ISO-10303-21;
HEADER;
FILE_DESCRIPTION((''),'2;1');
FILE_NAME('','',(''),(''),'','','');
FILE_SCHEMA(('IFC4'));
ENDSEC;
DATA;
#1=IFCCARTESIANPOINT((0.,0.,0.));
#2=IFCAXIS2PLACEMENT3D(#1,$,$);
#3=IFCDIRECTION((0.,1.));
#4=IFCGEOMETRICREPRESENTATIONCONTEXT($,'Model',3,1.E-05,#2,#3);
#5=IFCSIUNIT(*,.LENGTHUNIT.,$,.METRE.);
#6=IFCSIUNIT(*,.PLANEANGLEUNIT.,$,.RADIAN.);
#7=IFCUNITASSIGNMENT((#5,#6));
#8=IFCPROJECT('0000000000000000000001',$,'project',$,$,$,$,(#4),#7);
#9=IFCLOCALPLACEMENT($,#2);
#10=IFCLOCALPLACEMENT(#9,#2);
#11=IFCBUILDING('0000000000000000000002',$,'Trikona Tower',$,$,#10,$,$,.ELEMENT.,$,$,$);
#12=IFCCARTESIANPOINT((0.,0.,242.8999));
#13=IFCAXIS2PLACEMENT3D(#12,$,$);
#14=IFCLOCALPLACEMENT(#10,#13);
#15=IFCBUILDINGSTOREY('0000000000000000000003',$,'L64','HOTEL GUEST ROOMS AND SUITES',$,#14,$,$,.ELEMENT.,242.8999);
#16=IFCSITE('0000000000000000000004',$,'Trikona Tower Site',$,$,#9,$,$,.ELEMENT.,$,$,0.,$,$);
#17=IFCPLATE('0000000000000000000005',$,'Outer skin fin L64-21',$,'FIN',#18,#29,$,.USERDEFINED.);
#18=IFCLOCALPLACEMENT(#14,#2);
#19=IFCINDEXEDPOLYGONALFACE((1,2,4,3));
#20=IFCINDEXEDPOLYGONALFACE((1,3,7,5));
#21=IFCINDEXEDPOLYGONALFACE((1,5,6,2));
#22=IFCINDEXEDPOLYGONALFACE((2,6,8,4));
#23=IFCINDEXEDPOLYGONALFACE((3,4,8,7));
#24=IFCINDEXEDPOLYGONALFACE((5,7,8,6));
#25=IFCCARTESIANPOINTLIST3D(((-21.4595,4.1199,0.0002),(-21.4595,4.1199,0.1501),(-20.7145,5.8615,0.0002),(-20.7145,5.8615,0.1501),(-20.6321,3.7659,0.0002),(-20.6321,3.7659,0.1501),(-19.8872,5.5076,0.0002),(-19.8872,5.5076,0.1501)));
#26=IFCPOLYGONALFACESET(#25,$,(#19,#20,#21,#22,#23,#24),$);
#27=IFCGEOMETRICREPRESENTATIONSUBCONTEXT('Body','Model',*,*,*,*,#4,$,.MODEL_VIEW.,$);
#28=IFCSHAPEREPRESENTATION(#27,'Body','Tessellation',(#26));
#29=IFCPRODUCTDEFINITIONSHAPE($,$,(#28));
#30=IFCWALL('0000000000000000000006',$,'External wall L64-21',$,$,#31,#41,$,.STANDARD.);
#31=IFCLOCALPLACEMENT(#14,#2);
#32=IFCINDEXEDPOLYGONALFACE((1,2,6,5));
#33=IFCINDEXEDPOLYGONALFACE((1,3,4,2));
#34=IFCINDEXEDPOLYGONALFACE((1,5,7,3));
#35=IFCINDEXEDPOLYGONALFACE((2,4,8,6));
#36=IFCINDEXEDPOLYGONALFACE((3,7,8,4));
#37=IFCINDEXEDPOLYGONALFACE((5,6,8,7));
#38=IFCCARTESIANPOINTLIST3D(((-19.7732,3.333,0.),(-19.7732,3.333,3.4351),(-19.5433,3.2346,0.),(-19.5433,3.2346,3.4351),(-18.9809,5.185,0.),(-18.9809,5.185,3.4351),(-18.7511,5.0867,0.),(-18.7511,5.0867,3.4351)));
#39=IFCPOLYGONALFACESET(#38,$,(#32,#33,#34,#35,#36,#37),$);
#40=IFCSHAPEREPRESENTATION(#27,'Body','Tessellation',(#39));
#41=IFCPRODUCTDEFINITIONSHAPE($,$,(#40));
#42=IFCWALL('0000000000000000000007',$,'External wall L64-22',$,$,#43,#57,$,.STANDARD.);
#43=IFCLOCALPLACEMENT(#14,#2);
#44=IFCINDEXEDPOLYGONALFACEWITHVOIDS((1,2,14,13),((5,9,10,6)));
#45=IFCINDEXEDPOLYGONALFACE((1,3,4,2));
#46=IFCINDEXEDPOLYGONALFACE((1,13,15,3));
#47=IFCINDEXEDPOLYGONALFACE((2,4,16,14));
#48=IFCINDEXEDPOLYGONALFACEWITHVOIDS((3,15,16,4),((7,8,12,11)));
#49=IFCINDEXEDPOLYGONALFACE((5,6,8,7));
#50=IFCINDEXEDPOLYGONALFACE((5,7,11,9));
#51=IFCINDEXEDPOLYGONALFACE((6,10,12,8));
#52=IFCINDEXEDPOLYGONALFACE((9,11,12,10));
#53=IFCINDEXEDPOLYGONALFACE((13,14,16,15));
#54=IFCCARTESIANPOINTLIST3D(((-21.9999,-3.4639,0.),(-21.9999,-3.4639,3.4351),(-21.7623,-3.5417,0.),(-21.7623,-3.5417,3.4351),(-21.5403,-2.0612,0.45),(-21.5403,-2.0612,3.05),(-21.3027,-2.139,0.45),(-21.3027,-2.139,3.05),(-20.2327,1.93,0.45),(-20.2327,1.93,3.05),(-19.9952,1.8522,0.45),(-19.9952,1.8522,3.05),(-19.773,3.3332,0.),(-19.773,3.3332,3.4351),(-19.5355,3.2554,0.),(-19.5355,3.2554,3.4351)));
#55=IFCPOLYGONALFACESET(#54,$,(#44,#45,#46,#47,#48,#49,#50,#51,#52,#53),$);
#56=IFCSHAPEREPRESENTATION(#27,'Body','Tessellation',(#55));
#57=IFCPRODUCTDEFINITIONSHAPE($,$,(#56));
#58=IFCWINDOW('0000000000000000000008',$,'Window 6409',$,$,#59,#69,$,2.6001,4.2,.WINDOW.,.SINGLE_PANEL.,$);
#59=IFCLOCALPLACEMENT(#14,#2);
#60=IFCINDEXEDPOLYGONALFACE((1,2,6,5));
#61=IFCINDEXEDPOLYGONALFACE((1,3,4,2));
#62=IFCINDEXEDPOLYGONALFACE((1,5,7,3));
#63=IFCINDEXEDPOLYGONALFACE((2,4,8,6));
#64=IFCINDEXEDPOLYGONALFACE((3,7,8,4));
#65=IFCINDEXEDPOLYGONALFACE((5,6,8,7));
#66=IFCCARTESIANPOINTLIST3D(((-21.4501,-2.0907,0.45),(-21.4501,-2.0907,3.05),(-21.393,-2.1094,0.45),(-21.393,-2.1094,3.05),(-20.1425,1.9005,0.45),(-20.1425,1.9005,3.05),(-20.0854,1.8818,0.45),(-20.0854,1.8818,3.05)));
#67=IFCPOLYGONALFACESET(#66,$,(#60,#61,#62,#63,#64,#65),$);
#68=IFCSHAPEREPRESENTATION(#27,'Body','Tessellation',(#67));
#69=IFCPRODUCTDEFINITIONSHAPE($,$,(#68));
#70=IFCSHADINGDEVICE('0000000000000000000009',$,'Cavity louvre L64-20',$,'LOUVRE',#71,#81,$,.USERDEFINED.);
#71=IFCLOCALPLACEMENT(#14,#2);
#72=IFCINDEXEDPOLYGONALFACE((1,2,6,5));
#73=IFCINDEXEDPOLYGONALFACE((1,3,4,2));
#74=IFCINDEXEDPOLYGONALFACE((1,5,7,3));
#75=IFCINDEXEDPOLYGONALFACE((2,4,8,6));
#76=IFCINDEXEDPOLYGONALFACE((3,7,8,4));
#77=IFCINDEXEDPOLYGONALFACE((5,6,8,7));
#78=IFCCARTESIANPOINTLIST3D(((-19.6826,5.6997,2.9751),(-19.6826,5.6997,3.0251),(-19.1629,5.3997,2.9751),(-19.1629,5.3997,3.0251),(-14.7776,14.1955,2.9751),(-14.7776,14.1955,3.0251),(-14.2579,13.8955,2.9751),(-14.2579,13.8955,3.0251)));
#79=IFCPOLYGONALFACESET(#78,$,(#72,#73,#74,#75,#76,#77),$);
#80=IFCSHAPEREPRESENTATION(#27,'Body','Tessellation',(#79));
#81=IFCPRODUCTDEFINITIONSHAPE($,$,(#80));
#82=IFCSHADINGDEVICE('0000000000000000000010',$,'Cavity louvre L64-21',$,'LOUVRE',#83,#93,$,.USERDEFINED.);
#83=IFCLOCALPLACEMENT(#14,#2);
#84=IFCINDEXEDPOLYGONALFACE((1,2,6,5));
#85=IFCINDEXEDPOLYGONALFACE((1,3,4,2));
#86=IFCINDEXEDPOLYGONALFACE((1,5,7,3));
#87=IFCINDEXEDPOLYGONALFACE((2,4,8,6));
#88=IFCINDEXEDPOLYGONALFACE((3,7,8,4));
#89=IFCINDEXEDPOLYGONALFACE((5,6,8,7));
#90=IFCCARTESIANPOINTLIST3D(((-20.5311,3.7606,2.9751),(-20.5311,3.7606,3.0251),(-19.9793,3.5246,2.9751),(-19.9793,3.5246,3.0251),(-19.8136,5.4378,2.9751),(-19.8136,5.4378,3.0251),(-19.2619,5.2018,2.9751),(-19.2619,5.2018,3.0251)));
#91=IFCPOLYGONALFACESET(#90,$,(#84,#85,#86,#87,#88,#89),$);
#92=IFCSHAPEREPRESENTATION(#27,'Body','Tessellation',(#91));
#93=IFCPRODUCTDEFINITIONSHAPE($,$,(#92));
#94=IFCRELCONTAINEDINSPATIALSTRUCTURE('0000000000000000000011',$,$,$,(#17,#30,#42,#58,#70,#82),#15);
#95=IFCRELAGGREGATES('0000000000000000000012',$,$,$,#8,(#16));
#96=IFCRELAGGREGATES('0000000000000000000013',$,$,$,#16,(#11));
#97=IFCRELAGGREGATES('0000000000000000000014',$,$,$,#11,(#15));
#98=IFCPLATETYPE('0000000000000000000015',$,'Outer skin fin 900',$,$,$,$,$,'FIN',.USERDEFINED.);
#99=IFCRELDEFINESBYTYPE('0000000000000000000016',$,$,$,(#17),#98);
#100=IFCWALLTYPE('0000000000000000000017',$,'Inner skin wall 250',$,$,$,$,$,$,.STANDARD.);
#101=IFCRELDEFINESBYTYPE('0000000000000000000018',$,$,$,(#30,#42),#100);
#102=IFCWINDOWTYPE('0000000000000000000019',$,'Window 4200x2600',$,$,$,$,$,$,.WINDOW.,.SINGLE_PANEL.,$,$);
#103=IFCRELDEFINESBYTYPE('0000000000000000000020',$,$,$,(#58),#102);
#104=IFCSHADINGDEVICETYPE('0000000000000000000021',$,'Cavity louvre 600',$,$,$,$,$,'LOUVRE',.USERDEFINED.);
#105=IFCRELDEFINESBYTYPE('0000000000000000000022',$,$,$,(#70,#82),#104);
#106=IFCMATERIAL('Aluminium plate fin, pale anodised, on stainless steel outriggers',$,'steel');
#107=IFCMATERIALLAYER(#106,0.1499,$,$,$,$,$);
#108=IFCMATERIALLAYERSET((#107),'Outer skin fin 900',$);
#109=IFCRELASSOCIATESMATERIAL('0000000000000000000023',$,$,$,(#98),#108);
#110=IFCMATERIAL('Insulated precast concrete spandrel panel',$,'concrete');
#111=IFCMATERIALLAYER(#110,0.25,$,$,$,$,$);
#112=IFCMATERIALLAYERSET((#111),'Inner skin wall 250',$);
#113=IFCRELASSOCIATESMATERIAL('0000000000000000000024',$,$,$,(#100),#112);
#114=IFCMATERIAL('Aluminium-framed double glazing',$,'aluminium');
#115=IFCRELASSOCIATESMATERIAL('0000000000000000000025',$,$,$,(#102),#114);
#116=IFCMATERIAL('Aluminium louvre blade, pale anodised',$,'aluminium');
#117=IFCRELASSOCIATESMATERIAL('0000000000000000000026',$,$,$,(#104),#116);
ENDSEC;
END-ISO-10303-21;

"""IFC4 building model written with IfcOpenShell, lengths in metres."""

from ifc_helpers import new_model, si_unit, direction, frame, frame_2d, origin, origin_2d, place, context, subcontext, project, spatial, rectangle, extrude, material, layer, layer_set, type_object, element, fill, save


model = new_model("IFC4")

# Units and contexts
model_context = context("Model", 3, precision=1e-05, world=origin(), true_north=direction((0.0, 1.0)))
body_context = subcontext(model_context, "Body", "Model", "MODEL_VIEW")
ifc_project = project(units=[si_unit("LENGTHUNIT", "METRE"), si_unit("PLANEANGLEUNIT", "RADIAN")], contexts=[model_context])

# Site, building, storey
site_placement = place(None, origin())
site = spatial("IfcSite", under=ifc_project, at=site_placement, Name="Trikona Tower Site", CompositionType="ELEMENT", RefElevation=0.0)
building_placement = place(site_placement, origin())
building = spatial("IfcBuilding", under=site, at=building_placement, Name="Trikona Tower", CompositionType="ELEMENT")
storey_placement = place(building_placement, frame((0.0, 0.0, 242.8999)))
storey = spatial("IfcBuildingStorey", under=building, at=storey_placement, Name="L64", Description="HOTEL GUEST ROOMS AND SUITES", CompositionType="ELEMENT", Elevation=242.8999)

# Plate
ifc_material_1 = material(Name="Aluminium plate fin, pale anodised, on stainless steel outriggers", Category="steel")
ifc_layer_1 = layer(ifc_material_1, 0.1499)
ifc_layer_set_1 = layer_set([ifc_layer_1], Name="Outer skin fin 900")
plate_type_1 = type_object("IfcPlateType", Name="Outer skin fin 900", ElementType="FIN", PredefinedType="USERDEFINED", material=ifc_layer_set_1)
plate_1_placement = place(storey_placement, frame((-20.6733, 4.8137, 0.0002), z_axis=(0.0, 0.0, 1.0), x_axis=(-0.393284, -0.919417, 0.0)))
element("IfcPlate", 1, at=plate_1_placement, inside=storey, type_object=plate_type_1, Name="Outer skin fin L64-21", ObjectType="FIN", PredefinedType="USERDEFINED", context=body_context, shape_type="SweptSolid", body=[
    extrude(rectangle(XDim=1.8943, YDim=0.8999, at=origin_2d()), origin(), (0.0, 0.0, 1.0), 0.1499),
])

# Wall
ifc_material_2 = material(Name="Insulated precast concrete spandrel panel", Category="concrete")
ifc_layer_2 = layer(ifc_material_2, 0.25)
ifc_layer_set_2 = layer_set([ifc_layer_2], Name="Inner skin wall 250")
wall_type = type_object("IfcWallType", Name="Inner skin wall 250", PredefinedType="STANDARD", material=ifc_layer_set_2)
wall_1_placement = place(storey_placement, frame((-18.866, 5.136, 0.0), z_axis=(0.0, 0.0, 1.0), x_axis=(-0.39329, -0.919414, 0.0)))
element("IfcWall", 2, at=wall_1_placement, inside=storey, type_object=wall_type, Name="External wall L64-21", PredefinedType="STANDARD", context=body_context, shape_type="SweptSolid", body=[
    extrude(rectangle(XDim=2.0144, YDim=0.25, at=frame_2d((1.0073, 0.0))), origin(), (0.0, 0.0, 1.0), 3.4351),
])

# Wall, opening, window
wall_2_placement = place(storey_placement, frame((-19.6543, 3.2942, 0.0), z_axis=(0.0, 0.0, 1.0), x_axis=(-0.311329, -0.950302, 0.0)))
wall_2 = element("IfcWall", 3, at=wall_2_placement, inside=storey, type_object=wall_type, Name="External wall L64-22", PredefinedType="STANDARD", context=body_context, shape_type="SweptSolid", body=[
    extrude(rectangle(XDim=7.1526, YDim=0.25, at=frame_2d((3.5762, 0.0))), origin(), (0.0, 0.0, 1.0), 3.4351),
])
opening_placement = place(wall_2_placement, frame((1.4763, 0.0, 0.45)))
opening = element("IfcOpeningElement", 4, at=opening_placement, cuts=wall_2, PredefinedType="OPENING", context=body_context, shape_type="SweptSolid", body=[
    extrude(rectangle(XDim=4.2, YDim=2.6001, at=frame_2d((2.1001, 1.3))), frame((0.0, 0.135, 0.0), z_axis=(0.0, -1.0, 0.0), x_axis=(1.0, 0.0, 0.0)), (0.0, 0.0, 1.0), 0.27),
])
ifc_material_3 = material(Name="Aluminium-framed double glazing", Category="aluminium")
window_type = type_object("IfcWindowType", Name="Window 4200x2600", PartitioningType="SINGLE_PANEL", PredefinedType="WINDOW", material=ifc_material_3)
window_placement = place(opening_placement, origin())
window = element("IfcWindow", 5, at=window_placement, inside=storey, type_object=window_type, Name="Window 6409", OverallHeight=2.6001, OverallWidth=4.2, PartitioningType="SINGLE_PANEL", PredefinedType="WINDOW", context=body_context, shape_type="SweptSolid", body=[
    extrude(rectangle(XDim=4.2, YDim=2.6001, at=frame_2d((2.1001, 1.3))), frame((0.0, 0.03, 0.0), z_axis=(0.0, -1.0, 0.0), x_axis=(1.0, 0.0, 0.0)), (0.0, 0.0, 1.0), 0.0601),
])
fill(opening, window)

# Shading devices
ifc_material_4 = material(Name="Aluminium louvre blade, pale anodised", Category="aluminium")
shading_device_type = type_object("IfcShadingDeviceType", Name="Cavity louvre 600", ElementType="LOUVRE", PredefinedType="USERDEFINED", material=ifc_material_4)
shading_device_1_placement = place(storey_placement, frame((-16.9702, 9.7976, 2.9751), z_axis=(0.0, 0.0, 1.0), x_axis=(-0.499998, -0.866026, 0.0)))
element("IfcShadingDevice", 6, at=shading_device_1_placement, inside=storey, type_object=shading_device_type, Name="Cavity louvre L64-20", ObjectType="LOUVRE", PredefinedType="USERDEFINED", context=body_context, shape_type="SweptSolid", body=[
    extrude(rectangle(XDim=9.8101, YDim=0.6001, at=origin_2d()), origin(), (0.0, 0.0, 1.0), 0.05),
])
shading_device_2_placement = place(storey_placement, frame((-19.8965, 4.4812, 2.9751), z_axis=(0.0, 0.0, 1.0), x_axis=(-0.393284, -0.919417, 0.0)))
element("IfcShadingDevice", 7, at=shading_device_2_placement, inside=storey, type_object=shading_device_type, Name="Cavity louvre L64-21", ObjectType="LOUVRE", PredefinedType="USERDEFINED", context=body_context, shape_type="SweptSolid", body=[
    extrude(rectangle(XDim=1.8242, YDim=0.6001, at=origin_2d()), origin(), (0.0, 0.0, 1.0), 0.05),
])

save(model, "model.ifc")
